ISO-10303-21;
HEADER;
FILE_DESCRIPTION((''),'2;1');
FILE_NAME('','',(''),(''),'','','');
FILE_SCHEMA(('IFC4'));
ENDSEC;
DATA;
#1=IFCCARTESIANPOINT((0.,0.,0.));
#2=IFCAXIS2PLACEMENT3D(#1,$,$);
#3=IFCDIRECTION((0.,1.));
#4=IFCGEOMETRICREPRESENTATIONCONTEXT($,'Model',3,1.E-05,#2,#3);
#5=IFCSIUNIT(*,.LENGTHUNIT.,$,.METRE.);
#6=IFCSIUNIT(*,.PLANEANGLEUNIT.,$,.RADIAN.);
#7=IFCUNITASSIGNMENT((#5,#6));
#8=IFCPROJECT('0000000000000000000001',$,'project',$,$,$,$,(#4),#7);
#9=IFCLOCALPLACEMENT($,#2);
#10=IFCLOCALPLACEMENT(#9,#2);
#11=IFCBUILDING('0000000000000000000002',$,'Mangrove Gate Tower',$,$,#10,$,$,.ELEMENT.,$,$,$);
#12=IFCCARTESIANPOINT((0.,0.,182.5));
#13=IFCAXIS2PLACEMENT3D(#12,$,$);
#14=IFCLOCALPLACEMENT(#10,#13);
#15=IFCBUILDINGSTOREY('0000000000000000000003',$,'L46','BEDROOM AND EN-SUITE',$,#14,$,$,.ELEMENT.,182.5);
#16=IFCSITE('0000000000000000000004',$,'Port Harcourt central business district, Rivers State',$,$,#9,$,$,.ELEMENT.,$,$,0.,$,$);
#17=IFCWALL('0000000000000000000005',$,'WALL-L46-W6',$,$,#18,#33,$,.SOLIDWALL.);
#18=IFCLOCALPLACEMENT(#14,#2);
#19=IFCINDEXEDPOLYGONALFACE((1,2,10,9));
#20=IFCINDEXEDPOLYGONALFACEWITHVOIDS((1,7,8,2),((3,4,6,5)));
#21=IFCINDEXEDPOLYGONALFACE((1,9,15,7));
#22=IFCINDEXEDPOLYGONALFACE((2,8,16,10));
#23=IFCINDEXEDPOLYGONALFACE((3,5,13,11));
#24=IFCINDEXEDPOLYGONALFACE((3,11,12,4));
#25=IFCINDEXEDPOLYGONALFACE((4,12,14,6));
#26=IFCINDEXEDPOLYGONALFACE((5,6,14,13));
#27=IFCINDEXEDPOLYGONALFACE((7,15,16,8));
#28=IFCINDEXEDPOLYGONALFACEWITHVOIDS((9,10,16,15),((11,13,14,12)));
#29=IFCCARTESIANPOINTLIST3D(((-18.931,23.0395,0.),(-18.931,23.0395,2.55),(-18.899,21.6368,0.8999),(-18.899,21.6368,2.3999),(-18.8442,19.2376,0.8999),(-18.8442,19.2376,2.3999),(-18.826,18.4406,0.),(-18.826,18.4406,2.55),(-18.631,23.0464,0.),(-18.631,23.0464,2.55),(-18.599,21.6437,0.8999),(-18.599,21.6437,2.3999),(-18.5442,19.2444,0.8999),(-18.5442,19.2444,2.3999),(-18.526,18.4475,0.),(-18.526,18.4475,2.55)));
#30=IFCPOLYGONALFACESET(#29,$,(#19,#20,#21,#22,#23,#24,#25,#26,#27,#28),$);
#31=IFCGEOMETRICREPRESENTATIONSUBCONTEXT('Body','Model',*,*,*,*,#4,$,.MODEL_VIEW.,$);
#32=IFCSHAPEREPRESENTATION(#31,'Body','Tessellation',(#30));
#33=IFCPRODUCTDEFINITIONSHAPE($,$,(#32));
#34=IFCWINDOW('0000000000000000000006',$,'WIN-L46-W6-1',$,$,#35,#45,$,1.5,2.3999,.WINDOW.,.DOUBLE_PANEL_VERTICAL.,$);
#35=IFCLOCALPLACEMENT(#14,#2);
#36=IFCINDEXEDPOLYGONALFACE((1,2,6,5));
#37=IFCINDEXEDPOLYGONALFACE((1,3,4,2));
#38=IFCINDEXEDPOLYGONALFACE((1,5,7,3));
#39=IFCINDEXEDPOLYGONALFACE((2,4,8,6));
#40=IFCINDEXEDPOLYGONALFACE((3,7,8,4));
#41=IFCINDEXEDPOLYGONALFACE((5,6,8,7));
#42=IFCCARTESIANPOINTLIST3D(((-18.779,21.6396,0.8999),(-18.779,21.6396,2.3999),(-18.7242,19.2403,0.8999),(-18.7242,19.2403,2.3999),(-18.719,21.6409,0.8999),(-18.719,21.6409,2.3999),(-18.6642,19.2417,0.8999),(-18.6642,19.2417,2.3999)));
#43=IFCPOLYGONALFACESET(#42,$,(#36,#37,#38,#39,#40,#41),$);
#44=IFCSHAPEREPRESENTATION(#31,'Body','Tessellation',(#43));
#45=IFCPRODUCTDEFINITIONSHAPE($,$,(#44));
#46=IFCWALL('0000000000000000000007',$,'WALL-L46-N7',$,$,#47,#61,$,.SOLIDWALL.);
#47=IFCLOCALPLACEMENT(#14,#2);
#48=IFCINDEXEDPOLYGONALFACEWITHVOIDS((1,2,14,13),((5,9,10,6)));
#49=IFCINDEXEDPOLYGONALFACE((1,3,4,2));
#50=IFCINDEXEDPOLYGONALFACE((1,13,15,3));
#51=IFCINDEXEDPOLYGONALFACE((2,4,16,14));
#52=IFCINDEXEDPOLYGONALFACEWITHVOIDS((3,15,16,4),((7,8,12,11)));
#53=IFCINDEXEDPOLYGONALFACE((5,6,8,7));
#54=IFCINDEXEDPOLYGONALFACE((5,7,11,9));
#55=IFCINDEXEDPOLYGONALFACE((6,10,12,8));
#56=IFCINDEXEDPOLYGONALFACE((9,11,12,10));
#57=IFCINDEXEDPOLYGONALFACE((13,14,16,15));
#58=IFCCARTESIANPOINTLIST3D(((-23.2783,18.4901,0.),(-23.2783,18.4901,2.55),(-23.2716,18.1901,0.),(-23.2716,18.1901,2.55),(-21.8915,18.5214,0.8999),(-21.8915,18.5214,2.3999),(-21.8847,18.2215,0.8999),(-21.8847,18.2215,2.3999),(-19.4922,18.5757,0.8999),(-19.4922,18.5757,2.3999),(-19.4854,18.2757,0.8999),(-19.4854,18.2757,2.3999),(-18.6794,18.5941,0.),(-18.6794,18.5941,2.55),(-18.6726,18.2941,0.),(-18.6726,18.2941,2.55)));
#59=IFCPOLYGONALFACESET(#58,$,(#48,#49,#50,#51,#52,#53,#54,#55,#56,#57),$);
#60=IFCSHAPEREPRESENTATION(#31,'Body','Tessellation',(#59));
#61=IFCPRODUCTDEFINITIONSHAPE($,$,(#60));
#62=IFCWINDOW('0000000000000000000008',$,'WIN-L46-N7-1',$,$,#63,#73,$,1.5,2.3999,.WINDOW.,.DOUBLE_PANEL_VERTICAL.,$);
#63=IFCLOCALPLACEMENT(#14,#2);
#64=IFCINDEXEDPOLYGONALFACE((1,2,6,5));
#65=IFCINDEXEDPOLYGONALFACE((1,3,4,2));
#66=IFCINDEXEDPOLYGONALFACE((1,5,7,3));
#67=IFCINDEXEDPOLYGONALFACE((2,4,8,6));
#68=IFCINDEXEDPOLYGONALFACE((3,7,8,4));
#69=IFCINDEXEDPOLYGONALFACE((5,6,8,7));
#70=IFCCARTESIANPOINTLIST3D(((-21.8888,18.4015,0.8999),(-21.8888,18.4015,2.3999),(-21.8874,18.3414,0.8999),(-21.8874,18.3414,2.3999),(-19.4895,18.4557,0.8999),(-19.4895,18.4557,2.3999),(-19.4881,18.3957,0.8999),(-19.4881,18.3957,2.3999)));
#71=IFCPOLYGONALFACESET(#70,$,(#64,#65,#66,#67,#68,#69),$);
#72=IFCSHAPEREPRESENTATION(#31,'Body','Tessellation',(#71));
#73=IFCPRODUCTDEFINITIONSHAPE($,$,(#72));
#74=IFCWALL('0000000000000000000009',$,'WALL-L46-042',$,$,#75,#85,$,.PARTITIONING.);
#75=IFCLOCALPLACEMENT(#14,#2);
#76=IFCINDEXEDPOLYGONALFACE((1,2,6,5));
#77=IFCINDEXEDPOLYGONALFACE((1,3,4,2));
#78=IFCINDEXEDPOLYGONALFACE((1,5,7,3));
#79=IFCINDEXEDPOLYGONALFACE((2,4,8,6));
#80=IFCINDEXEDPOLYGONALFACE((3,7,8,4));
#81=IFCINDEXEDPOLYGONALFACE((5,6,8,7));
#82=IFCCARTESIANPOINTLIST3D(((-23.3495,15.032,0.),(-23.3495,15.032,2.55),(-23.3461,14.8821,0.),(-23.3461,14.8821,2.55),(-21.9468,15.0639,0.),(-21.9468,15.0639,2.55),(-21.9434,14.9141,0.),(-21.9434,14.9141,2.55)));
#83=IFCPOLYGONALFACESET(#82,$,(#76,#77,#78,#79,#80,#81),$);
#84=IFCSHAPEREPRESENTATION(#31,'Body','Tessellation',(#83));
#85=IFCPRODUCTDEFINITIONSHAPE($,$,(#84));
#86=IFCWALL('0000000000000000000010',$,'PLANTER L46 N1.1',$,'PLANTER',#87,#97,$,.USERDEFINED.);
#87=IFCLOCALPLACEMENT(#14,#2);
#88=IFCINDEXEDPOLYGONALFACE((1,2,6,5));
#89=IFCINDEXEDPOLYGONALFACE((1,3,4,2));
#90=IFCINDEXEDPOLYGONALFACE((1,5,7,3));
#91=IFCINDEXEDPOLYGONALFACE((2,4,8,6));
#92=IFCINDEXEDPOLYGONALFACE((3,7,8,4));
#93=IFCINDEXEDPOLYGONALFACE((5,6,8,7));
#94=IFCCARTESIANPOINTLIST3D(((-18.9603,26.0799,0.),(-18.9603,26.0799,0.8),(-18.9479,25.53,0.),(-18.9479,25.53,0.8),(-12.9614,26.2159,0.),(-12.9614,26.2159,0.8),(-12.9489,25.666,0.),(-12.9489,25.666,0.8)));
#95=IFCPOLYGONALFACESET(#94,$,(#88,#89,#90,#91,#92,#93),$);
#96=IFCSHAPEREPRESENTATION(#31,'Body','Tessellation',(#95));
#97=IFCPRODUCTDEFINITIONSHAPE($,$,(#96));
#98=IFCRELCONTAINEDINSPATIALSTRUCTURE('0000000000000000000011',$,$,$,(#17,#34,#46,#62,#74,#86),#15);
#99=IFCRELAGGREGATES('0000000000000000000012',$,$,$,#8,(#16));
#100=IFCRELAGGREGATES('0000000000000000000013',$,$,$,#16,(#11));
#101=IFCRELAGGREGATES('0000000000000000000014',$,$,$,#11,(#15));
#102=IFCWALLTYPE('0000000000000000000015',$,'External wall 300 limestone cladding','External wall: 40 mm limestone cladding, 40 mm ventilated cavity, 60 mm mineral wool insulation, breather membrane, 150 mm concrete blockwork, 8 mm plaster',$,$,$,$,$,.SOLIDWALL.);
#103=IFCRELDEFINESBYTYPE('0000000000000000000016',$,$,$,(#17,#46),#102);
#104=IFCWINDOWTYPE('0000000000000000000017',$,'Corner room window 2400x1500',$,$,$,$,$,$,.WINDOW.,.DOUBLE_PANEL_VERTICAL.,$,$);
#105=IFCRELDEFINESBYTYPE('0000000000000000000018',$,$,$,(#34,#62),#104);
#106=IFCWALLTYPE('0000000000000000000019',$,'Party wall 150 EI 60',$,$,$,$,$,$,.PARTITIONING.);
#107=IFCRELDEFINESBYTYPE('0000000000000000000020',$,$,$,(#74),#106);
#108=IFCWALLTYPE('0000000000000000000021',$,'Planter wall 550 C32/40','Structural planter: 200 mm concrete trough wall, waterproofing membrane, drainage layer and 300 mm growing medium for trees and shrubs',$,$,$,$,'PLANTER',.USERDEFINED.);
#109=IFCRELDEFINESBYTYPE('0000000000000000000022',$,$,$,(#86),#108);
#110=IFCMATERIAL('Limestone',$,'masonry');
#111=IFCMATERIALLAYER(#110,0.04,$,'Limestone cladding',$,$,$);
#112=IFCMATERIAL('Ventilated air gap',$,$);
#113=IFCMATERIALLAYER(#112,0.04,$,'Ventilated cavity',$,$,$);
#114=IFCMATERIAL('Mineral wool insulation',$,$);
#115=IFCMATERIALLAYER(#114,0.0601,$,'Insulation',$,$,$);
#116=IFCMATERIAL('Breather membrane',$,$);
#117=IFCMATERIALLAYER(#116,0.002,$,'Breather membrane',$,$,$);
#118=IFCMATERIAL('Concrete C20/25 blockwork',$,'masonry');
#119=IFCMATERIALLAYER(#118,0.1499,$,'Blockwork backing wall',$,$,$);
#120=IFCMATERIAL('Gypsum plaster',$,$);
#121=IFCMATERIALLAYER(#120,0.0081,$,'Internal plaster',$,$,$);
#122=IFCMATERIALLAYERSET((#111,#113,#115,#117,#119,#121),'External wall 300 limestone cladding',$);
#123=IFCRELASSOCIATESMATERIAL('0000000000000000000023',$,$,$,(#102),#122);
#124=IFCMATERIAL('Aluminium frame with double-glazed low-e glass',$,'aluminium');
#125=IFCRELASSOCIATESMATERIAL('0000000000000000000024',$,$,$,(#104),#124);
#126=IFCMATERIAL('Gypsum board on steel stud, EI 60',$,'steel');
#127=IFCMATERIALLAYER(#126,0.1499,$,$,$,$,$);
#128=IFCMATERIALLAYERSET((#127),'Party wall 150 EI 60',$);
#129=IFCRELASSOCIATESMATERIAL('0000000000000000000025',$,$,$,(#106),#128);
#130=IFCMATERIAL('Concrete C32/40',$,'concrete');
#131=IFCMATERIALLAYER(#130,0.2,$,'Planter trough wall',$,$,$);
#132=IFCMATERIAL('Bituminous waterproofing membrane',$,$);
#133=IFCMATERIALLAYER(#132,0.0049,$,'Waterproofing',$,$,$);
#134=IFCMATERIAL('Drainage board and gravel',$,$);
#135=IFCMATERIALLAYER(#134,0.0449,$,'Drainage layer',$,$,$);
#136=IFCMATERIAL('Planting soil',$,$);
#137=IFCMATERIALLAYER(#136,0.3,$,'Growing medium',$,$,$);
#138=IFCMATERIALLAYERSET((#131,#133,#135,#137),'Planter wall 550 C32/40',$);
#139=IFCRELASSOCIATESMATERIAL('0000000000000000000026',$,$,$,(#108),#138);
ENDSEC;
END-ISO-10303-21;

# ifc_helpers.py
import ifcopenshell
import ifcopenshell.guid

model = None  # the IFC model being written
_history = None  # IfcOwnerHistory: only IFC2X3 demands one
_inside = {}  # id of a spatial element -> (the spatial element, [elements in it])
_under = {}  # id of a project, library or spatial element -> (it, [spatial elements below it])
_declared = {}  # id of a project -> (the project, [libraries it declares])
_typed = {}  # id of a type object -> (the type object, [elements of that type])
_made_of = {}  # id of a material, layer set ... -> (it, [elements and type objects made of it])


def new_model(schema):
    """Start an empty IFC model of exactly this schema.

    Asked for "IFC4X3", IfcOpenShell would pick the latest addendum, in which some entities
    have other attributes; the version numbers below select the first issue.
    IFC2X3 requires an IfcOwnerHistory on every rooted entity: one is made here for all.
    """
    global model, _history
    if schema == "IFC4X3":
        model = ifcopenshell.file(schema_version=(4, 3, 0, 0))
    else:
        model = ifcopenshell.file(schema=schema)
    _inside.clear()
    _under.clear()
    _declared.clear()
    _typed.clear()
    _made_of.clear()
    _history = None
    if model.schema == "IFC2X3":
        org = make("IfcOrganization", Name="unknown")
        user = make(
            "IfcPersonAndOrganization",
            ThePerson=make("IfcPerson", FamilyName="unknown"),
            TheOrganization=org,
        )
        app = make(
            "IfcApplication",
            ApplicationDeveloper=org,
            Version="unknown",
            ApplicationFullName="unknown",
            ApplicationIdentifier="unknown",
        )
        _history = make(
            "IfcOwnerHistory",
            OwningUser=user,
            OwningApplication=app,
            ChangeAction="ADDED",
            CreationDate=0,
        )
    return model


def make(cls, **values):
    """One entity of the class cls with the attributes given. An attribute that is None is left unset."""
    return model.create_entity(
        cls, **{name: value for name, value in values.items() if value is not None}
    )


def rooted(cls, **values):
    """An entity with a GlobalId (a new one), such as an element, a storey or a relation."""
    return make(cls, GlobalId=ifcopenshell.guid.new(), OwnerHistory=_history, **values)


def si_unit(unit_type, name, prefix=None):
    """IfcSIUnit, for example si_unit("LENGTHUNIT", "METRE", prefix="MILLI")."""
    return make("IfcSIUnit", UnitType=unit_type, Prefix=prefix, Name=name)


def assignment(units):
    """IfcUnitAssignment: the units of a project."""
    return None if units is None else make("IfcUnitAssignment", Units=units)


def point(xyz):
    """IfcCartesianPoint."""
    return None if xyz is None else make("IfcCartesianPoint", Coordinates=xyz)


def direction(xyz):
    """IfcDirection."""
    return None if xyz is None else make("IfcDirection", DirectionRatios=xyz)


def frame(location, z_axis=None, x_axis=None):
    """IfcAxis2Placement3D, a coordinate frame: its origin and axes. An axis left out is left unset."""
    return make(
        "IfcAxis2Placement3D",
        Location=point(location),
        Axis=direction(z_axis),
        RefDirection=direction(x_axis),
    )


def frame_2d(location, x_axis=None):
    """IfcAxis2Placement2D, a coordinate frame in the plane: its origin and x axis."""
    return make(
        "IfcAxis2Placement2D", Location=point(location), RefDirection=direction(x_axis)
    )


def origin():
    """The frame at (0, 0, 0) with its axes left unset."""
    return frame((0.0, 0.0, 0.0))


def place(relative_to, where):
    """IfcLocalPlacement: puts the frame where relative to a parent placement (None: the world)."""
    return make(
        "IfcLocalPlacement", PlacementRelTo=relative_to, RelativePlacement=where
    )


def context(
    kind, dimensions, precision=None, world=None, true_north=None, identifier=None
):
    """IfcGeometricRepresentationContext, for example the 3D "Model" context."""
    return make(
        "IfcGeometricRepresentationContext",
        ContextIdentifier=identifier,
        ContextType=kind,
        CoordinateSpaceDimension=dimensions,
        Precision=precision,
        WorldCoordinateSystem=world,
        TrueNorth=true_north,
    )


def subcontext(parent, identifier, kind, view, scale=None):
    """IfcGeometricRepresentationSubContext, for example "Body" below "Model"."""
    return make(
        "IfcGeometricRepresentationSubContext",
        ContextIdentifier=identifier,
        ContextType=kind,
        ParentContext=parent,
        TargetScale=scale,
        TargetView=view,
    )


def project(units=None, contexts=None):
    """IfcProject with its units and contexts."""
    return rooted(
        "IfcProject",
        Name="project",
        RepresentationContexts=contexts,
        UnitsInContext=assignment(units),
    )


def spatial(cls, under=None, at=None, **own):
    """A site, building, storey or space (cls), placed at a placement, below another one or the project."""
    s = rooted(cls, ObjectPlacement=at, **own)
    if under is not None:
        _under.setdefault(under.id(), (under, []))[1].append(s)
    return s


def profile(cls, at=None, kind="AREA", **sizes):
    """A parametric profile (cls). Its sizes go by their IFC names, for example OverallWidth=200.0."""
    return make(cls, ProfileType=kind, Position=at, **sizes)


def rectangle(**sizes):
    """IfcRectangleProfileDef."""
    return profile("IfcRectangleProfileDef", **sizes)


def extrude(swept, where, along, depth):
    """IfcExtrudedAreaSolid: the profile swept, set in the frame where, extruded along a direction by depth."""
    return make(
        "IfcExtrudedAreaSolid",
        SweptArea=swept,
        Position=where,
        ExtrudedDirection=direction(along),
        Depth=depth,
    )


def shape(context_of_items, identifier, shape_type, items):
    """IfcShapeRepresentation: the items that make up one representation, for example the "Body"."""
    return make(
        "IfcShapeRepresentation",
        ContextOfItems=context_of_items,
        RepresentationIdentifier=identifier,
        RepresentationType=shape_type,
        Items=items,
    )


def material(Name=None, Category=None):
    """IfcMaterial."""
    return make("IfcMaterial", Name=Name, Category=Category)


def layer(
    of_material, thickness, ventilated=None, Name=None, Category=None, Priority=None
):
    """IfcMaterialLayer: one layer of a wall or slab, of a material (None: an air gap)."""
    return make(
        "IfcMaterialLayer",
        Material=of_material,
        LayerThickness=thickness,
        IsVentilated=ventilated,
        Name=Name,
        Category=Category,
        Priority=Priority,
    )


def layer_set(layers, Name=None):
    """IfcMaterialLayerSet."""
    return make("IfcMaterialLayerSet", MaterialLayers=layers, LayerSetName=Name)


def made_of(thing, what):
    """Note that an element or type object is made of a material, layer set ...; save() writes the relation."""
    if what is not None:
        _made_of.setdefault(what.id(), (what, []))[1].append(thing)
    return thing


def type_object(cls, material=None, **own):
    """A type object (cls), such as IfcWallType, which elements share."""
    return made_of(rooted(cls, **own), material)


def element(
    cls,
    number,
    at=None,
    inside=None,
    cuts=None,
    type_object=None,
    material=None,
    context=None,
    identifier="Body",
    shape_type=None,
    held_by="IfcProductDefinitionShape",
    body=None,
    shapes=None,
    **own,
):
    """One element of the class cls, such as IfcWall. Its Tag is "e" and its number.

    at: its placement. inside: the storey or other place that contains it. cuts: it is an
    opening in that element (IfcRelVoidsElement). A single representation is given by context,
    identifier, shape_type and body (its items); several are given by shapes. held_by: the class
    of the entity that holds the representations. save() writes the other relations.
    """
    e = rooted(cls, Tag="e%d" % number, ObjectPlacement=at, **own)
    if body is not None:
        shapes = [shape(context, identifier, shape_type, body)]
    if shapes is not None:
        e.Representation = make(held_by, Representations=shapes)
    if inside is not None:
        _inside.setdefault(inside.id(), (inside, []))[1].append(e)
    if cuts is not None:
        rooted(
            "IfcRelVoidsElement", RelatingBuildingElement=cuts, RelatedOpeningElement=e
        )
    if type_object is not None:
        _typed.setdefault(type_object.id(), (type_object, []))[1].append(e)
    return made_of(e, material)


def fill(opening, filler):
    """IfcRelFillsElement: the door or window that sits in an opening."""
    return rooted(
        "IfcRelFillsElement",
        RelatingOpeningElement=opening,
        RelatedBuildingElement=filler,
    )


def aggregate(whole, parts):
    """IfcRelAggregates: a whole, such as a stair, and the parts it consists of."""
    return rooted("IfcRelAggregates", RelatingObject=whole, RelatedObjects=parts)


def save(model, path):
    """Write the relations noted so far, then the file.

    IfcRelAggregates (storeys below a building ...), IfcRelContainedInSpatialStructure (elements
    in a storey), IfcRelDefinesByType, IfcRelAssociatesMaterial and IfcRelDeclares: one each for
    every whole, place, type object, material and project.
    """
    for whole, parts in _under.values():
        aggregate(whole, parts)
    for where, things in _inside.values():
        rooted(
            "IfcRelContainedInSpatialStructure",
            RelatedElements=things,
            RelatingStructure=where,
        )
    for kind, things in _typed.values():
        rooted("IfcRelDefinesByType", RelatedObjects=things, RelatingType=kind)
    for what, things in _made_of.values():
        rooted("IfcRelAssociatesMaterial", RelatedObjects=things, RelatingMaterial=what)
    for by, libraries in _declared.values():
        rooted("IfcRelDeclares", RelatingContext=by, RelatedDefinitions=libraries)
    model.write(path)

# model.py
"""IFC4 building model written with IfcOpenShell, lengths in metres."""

from ifc_helpers import new_model, si_unit, direction, frame, frame_2d, origin, place, context, subcontext, project, spatial, rectangle, extrude, material, layer, layer_set, type_object, element, fill, save


model = new_model("IFC4")

# Units and contexts
model_context = context("Model", 3, precision=1e-05, world=origin(), true_north=direction((0.0, 1.0)))
body_context = subcontext(model_context, "Body", "Model", "MODEL_VIEW")
ifc_project = project(units=[si_unit("LENGTHUNIT", "METRE"), si_unit("PLANEANGLEUNIT", "RADIAN")], contexts=[model_context])

# Site, building, storey
site_placement = place(None, origin())
site = spatial("IfcSite", under=ifc_project, at=site_placement, Name="Port Harcourt central business district, Rivers State", CompositionType="ELEMENT", RefElevation=0.0)
building_placement = place(site_placement, origin())
building = spatial("IfcBuilding", under=site, at=building_placement, Name="Mangrove Gate Tower", CompositionType="ELEMENT")
storey_placement = place(building_placement, frame((0.0, 0.0, 182.5)))
storey = spatial("IfcBuildingStorey", under=building, at=storey_placement, Name="L46", Description="BEDROOM AND EN-SUITE", CompositionType="ELEMENT", Elevation=182.5)

# Walls, openings, windows
ifc_material_1 = material(Name="Limestone", Category="masonry")
ifc_layer_1 = layer(ifc_material_1, 0.04, Name="Limestone cladding")
ifc_material_2 = material(Name="Ventilated air gap")
ifc_layer_2 = layer(ifc_material_2, 0.04, Name="Ventilated cavity")
ifc_material_3 = material(Name="Mineral wool insulation")
ifc_layer_3 = layer(ifc_material_3, 0.0601, Name="Insulation")
ifc_material_4 = material(Name="Breather membrane")
ifc_layer_4 = layer(ifc_material_4, 0.002, Name="Breather membrane")
ifc_material_5 = material(Name="Concrete C20/25 blockwork", Category="masonry")
ifc_layer_5 = layer(ifc_material_5, 0.1499, Name="Blockwork backing wall")
ifc_material_6 = material(Name="Gypsum plaster")
ifc_layer_6 = layer(ifc_material_6, 0.0081, Name="Internal plaster")
ifc_layer_set_1 = layer_set([ifc_layer_1, ifc_layer_2, ifc_layer_3, ifc_layer_4, ifc_layer_5, ifc_layer_6], Name="External wall 300 limestone cladding")
wall_type_1 = type_object("IfcWallType", Name="External wall 300 limestone cladding", Description="External wall: 40 mm limestone cladding, 40 mm ventilated cavity, 60 mm mineral wool insulation, breather membrane, 150 mm concrete blockwork, 8 mm plaster", PredefinedType="SOLIDWALL", material=ifc_layer_set_1)
wall_1_placement = place(storey_placement, frame((-18.781, 23.043, 0.0), z_axis=(0.0, 0.0, 1.0), x_axis=(0.022821, -0.99974, 0.0)))
wall_1 = element("IfcWall", 1, at=wall_1_placement, inside=storey, type_object=wall_type_1, Name="WALL-L46-W6", PredefinedType="SOLIDWALL", context=body_context, shape_type="SweptSolid", body=[
    extrude(rectangle(XDim=4.6001, YDim=0.3, at=frame_2d((2.3, 0.0))), origin(), (0.0, 0.0, 1.0), 2.55),
])
opening_1_placement = place(wall_1_placement, frame((1.4031, 0.0, 0.8999)))
opening_1 = element("IfcOpeningElement", 2, at=opening_1_placement, cuts=wall_1, PredefinedType="OPENING", context=body_context, shape_type="SweptSolid", body=[
    extrude(rectangle(XDim=2.3999, YDim=1.5, at=frame_2d((1.2, 0.75))), frame((0.0, 0.1599, 0.0), z_axis=(0.0, -1.0, 0.0), x_axis=(1.0, 0.0, 0.0)), (0.0, 0.0, 1.0), 0.3201),
])
ifc_material_7 = material(Name="Aluminium frame with double-glazed low-e glass", Category="aluminium")
window_type = type_object("IfcWindowType", Name="Corner room window 2400x1500", PartitioningType="DOUBLE_PANEL_VERTICAL", PredefinedType="WINDOW", material=ifc_material_7)
window_1_placement = place(opening_1_placement, origin())
window_1 = element("IfcWindow", 3, at=window_1_placement, inside=storey, type_object=window_type, Name="WIN-L46-W6-1", OverallHeight=1.5, OverallWidth=2.3999, PartitioningType="DOUBLE_PANEL_VERTICAL", PredefinedType="WINDOW", context=body_context, shape_type="SweptSolid", body=[
    extrude(rectangle(XDim=2.3999, YDim=1.5, at=frame_2d((1.2, 0.75))), frame((0.0, 0.03, 0.0), z_axis=(0.0, -1.0, 0.0), x_axis=(1.0, 0.0, 0.0)), (0.0, 0.0, 1.0), 0.0601),
])
fill(opening_1, window_1)
wall_2_placement = place(storey_placement, frame((-18.676, 18.4441, 0.0), z_axis=(0.0, 0.0, 1.0), x_axis=(-0.999744, -0.022609, 0.0)))
wall_2 = element("IfcWall", 4, at=wall_2_placement, inside=storey, type_object=wall_type_1, Name="WALL-L46-N7", PredefinedType="SOLIDWALL", context=body_context, shape_type="SweptSolid", body=[
    extrude(rectangle(XDim=4.6001, YDim=0.3, at=frame_2d((2.3, 0.0))), origin(), (0.0, 0.0, 1.0), 2.55),
])
opening_2_placement = place(wall_2_placement, frame((0.813, 0.0, 0.8999)))
opening_2 = element("IfcOpeningElement", 5, at=opening_2_placement, cuts=wall_2, PredefinedType="OPENING", context=body_context, shape_type="SweptSolid", body=[
    extrude(rectangle(XDim=2.3999, YDim=1.5, at=frame_2d((1.2, 0.75))), frame((0.0, 0.1599, 0.0), z_axis=(0.0, -1.0, 0.0), x_axis=(1.0, 0.0, 0.0)), (0.0, 0.0, 1.0), 0.3201),
])
window_2_placement = place(opening_2_placement, origin())
window_2 = element("IfcWindow", 6, at=window_2_placement, inside=storey, type_object=window_type, Name="WIN-L46-N7-1", OverallHeight=1.5, OverallWidth=2.3999, PartitioningType="DOUBLE_PANEL_VERTICAL", PredefinedType="WINDOW", context=body_context, shape_type="SweptSolid", body=[
    extrude(rectangle(XDim=2.3999, YDim=1.5, at=frame_2d((1.2, 0.75))), frame((0.0, 0.03, 0.0), z_axis=(0.0, -1.0, 0.0), x_axis=(1.0, 0.0, 0.0)), (0.0, 0.0, 1.0), 0.0601),
])
fill(opening_2, window_2)

# Walls
ifc_material_8 = material(Name="Gypsum board on steel stud, EI 60", Category="steel")
ifc_layer_7 = layer(ifc_material_8, 0.1499)
ifc_layer_set_2 = layer_set([ifc_layer_7], Name="Party wall 150 EI 60")
wall_type_2 = type_object("IfcWallType", Name="Party wall 150 EI 60", PredefinedType="PARTITIONING", material=ifc_layer_set_2)
wall_3_placement = place(storey_placement, frame((-23.3479, 14.957, 0.0), z_axis=(0.0, 0.0, 1.0), x_axis=(0.99974, 0.022793, 0.0)))
element("IfcWall", 7, at=wall_3_placement, inside=storey, type_object=wall_type_2, Name="WALL-L46-042", PredefinedType="PARTITIONING", context=body_context, shape_type="SweptSolid", body=[
    extrude(rectangle(XDim=1.4031, YDim=0.1499, at=frame_2d((0.7017, 0.0))), origin(), (0.0, 0.0, 1.0), 2.55),
])
ifc_material_9 = material(Name="Concrete C32/40", Category="concrete")
ifc_layer_8 = layer(ifc_material_9, 0.2, Name="Planter trough wall")
ifc_material_10 = material(Name="Bituminous waterproofing membrane")
ifc_layer_9 = layer(ifc_material_10, 0.0049, Name="Waterproofing")
ifc_material_11 = material(Name="Drainage board and gravel")
ifc_layer_10 = layer(ifc_material_11, 0.0449, Name="Drainage layer")
ifc_material_12 = material(Name="Planting soil")
ifc_layer_11 = layer(ifc_material_12, 0.3, Name="Growing medium")
ifc_layer_set_3 = layer_set([ifc_layer_8, ifc_layer_9, ifc_layer_10, ifc_layer_11], Name="Planter wall 550 C32/40")
wall_type_3 = type_object("IfcWallType", Name="Planter wall 550 C32/40", Description="Structural planter: 200 mm concrete trough wall, waterproofing membrane, drainage layer and 300 mm growing medium for trees and shrubs", ElementType="PLANTER", PredefinedType="USERDEFINED", material=ifc_layer_set_3)
wall_4_placement = place(storey_placement, frame((-18.9541, 25.8049, 0.0), z_axis=(0.0, 0.0, 1.0), x_axis=(0.999743, 0.022662, 0.0)))
element("IfcWall", 8, at=wall_4_placement, inside=storey, type_object=wall_type_3, Name="PLANTER L46 N1.1", ObjectType="PLANTER", PredefinedType="USERDEFINED", context=body_context, shape_type="SweptSolid", body=[
    extrude(rectangle(XDim=6.0005, YDim=0.55, at=frame_2d((3.0002, 0.0))), origin(), (0.0, 0.0, 1.0), 0.8),
])

save(model, "model.ifc")
